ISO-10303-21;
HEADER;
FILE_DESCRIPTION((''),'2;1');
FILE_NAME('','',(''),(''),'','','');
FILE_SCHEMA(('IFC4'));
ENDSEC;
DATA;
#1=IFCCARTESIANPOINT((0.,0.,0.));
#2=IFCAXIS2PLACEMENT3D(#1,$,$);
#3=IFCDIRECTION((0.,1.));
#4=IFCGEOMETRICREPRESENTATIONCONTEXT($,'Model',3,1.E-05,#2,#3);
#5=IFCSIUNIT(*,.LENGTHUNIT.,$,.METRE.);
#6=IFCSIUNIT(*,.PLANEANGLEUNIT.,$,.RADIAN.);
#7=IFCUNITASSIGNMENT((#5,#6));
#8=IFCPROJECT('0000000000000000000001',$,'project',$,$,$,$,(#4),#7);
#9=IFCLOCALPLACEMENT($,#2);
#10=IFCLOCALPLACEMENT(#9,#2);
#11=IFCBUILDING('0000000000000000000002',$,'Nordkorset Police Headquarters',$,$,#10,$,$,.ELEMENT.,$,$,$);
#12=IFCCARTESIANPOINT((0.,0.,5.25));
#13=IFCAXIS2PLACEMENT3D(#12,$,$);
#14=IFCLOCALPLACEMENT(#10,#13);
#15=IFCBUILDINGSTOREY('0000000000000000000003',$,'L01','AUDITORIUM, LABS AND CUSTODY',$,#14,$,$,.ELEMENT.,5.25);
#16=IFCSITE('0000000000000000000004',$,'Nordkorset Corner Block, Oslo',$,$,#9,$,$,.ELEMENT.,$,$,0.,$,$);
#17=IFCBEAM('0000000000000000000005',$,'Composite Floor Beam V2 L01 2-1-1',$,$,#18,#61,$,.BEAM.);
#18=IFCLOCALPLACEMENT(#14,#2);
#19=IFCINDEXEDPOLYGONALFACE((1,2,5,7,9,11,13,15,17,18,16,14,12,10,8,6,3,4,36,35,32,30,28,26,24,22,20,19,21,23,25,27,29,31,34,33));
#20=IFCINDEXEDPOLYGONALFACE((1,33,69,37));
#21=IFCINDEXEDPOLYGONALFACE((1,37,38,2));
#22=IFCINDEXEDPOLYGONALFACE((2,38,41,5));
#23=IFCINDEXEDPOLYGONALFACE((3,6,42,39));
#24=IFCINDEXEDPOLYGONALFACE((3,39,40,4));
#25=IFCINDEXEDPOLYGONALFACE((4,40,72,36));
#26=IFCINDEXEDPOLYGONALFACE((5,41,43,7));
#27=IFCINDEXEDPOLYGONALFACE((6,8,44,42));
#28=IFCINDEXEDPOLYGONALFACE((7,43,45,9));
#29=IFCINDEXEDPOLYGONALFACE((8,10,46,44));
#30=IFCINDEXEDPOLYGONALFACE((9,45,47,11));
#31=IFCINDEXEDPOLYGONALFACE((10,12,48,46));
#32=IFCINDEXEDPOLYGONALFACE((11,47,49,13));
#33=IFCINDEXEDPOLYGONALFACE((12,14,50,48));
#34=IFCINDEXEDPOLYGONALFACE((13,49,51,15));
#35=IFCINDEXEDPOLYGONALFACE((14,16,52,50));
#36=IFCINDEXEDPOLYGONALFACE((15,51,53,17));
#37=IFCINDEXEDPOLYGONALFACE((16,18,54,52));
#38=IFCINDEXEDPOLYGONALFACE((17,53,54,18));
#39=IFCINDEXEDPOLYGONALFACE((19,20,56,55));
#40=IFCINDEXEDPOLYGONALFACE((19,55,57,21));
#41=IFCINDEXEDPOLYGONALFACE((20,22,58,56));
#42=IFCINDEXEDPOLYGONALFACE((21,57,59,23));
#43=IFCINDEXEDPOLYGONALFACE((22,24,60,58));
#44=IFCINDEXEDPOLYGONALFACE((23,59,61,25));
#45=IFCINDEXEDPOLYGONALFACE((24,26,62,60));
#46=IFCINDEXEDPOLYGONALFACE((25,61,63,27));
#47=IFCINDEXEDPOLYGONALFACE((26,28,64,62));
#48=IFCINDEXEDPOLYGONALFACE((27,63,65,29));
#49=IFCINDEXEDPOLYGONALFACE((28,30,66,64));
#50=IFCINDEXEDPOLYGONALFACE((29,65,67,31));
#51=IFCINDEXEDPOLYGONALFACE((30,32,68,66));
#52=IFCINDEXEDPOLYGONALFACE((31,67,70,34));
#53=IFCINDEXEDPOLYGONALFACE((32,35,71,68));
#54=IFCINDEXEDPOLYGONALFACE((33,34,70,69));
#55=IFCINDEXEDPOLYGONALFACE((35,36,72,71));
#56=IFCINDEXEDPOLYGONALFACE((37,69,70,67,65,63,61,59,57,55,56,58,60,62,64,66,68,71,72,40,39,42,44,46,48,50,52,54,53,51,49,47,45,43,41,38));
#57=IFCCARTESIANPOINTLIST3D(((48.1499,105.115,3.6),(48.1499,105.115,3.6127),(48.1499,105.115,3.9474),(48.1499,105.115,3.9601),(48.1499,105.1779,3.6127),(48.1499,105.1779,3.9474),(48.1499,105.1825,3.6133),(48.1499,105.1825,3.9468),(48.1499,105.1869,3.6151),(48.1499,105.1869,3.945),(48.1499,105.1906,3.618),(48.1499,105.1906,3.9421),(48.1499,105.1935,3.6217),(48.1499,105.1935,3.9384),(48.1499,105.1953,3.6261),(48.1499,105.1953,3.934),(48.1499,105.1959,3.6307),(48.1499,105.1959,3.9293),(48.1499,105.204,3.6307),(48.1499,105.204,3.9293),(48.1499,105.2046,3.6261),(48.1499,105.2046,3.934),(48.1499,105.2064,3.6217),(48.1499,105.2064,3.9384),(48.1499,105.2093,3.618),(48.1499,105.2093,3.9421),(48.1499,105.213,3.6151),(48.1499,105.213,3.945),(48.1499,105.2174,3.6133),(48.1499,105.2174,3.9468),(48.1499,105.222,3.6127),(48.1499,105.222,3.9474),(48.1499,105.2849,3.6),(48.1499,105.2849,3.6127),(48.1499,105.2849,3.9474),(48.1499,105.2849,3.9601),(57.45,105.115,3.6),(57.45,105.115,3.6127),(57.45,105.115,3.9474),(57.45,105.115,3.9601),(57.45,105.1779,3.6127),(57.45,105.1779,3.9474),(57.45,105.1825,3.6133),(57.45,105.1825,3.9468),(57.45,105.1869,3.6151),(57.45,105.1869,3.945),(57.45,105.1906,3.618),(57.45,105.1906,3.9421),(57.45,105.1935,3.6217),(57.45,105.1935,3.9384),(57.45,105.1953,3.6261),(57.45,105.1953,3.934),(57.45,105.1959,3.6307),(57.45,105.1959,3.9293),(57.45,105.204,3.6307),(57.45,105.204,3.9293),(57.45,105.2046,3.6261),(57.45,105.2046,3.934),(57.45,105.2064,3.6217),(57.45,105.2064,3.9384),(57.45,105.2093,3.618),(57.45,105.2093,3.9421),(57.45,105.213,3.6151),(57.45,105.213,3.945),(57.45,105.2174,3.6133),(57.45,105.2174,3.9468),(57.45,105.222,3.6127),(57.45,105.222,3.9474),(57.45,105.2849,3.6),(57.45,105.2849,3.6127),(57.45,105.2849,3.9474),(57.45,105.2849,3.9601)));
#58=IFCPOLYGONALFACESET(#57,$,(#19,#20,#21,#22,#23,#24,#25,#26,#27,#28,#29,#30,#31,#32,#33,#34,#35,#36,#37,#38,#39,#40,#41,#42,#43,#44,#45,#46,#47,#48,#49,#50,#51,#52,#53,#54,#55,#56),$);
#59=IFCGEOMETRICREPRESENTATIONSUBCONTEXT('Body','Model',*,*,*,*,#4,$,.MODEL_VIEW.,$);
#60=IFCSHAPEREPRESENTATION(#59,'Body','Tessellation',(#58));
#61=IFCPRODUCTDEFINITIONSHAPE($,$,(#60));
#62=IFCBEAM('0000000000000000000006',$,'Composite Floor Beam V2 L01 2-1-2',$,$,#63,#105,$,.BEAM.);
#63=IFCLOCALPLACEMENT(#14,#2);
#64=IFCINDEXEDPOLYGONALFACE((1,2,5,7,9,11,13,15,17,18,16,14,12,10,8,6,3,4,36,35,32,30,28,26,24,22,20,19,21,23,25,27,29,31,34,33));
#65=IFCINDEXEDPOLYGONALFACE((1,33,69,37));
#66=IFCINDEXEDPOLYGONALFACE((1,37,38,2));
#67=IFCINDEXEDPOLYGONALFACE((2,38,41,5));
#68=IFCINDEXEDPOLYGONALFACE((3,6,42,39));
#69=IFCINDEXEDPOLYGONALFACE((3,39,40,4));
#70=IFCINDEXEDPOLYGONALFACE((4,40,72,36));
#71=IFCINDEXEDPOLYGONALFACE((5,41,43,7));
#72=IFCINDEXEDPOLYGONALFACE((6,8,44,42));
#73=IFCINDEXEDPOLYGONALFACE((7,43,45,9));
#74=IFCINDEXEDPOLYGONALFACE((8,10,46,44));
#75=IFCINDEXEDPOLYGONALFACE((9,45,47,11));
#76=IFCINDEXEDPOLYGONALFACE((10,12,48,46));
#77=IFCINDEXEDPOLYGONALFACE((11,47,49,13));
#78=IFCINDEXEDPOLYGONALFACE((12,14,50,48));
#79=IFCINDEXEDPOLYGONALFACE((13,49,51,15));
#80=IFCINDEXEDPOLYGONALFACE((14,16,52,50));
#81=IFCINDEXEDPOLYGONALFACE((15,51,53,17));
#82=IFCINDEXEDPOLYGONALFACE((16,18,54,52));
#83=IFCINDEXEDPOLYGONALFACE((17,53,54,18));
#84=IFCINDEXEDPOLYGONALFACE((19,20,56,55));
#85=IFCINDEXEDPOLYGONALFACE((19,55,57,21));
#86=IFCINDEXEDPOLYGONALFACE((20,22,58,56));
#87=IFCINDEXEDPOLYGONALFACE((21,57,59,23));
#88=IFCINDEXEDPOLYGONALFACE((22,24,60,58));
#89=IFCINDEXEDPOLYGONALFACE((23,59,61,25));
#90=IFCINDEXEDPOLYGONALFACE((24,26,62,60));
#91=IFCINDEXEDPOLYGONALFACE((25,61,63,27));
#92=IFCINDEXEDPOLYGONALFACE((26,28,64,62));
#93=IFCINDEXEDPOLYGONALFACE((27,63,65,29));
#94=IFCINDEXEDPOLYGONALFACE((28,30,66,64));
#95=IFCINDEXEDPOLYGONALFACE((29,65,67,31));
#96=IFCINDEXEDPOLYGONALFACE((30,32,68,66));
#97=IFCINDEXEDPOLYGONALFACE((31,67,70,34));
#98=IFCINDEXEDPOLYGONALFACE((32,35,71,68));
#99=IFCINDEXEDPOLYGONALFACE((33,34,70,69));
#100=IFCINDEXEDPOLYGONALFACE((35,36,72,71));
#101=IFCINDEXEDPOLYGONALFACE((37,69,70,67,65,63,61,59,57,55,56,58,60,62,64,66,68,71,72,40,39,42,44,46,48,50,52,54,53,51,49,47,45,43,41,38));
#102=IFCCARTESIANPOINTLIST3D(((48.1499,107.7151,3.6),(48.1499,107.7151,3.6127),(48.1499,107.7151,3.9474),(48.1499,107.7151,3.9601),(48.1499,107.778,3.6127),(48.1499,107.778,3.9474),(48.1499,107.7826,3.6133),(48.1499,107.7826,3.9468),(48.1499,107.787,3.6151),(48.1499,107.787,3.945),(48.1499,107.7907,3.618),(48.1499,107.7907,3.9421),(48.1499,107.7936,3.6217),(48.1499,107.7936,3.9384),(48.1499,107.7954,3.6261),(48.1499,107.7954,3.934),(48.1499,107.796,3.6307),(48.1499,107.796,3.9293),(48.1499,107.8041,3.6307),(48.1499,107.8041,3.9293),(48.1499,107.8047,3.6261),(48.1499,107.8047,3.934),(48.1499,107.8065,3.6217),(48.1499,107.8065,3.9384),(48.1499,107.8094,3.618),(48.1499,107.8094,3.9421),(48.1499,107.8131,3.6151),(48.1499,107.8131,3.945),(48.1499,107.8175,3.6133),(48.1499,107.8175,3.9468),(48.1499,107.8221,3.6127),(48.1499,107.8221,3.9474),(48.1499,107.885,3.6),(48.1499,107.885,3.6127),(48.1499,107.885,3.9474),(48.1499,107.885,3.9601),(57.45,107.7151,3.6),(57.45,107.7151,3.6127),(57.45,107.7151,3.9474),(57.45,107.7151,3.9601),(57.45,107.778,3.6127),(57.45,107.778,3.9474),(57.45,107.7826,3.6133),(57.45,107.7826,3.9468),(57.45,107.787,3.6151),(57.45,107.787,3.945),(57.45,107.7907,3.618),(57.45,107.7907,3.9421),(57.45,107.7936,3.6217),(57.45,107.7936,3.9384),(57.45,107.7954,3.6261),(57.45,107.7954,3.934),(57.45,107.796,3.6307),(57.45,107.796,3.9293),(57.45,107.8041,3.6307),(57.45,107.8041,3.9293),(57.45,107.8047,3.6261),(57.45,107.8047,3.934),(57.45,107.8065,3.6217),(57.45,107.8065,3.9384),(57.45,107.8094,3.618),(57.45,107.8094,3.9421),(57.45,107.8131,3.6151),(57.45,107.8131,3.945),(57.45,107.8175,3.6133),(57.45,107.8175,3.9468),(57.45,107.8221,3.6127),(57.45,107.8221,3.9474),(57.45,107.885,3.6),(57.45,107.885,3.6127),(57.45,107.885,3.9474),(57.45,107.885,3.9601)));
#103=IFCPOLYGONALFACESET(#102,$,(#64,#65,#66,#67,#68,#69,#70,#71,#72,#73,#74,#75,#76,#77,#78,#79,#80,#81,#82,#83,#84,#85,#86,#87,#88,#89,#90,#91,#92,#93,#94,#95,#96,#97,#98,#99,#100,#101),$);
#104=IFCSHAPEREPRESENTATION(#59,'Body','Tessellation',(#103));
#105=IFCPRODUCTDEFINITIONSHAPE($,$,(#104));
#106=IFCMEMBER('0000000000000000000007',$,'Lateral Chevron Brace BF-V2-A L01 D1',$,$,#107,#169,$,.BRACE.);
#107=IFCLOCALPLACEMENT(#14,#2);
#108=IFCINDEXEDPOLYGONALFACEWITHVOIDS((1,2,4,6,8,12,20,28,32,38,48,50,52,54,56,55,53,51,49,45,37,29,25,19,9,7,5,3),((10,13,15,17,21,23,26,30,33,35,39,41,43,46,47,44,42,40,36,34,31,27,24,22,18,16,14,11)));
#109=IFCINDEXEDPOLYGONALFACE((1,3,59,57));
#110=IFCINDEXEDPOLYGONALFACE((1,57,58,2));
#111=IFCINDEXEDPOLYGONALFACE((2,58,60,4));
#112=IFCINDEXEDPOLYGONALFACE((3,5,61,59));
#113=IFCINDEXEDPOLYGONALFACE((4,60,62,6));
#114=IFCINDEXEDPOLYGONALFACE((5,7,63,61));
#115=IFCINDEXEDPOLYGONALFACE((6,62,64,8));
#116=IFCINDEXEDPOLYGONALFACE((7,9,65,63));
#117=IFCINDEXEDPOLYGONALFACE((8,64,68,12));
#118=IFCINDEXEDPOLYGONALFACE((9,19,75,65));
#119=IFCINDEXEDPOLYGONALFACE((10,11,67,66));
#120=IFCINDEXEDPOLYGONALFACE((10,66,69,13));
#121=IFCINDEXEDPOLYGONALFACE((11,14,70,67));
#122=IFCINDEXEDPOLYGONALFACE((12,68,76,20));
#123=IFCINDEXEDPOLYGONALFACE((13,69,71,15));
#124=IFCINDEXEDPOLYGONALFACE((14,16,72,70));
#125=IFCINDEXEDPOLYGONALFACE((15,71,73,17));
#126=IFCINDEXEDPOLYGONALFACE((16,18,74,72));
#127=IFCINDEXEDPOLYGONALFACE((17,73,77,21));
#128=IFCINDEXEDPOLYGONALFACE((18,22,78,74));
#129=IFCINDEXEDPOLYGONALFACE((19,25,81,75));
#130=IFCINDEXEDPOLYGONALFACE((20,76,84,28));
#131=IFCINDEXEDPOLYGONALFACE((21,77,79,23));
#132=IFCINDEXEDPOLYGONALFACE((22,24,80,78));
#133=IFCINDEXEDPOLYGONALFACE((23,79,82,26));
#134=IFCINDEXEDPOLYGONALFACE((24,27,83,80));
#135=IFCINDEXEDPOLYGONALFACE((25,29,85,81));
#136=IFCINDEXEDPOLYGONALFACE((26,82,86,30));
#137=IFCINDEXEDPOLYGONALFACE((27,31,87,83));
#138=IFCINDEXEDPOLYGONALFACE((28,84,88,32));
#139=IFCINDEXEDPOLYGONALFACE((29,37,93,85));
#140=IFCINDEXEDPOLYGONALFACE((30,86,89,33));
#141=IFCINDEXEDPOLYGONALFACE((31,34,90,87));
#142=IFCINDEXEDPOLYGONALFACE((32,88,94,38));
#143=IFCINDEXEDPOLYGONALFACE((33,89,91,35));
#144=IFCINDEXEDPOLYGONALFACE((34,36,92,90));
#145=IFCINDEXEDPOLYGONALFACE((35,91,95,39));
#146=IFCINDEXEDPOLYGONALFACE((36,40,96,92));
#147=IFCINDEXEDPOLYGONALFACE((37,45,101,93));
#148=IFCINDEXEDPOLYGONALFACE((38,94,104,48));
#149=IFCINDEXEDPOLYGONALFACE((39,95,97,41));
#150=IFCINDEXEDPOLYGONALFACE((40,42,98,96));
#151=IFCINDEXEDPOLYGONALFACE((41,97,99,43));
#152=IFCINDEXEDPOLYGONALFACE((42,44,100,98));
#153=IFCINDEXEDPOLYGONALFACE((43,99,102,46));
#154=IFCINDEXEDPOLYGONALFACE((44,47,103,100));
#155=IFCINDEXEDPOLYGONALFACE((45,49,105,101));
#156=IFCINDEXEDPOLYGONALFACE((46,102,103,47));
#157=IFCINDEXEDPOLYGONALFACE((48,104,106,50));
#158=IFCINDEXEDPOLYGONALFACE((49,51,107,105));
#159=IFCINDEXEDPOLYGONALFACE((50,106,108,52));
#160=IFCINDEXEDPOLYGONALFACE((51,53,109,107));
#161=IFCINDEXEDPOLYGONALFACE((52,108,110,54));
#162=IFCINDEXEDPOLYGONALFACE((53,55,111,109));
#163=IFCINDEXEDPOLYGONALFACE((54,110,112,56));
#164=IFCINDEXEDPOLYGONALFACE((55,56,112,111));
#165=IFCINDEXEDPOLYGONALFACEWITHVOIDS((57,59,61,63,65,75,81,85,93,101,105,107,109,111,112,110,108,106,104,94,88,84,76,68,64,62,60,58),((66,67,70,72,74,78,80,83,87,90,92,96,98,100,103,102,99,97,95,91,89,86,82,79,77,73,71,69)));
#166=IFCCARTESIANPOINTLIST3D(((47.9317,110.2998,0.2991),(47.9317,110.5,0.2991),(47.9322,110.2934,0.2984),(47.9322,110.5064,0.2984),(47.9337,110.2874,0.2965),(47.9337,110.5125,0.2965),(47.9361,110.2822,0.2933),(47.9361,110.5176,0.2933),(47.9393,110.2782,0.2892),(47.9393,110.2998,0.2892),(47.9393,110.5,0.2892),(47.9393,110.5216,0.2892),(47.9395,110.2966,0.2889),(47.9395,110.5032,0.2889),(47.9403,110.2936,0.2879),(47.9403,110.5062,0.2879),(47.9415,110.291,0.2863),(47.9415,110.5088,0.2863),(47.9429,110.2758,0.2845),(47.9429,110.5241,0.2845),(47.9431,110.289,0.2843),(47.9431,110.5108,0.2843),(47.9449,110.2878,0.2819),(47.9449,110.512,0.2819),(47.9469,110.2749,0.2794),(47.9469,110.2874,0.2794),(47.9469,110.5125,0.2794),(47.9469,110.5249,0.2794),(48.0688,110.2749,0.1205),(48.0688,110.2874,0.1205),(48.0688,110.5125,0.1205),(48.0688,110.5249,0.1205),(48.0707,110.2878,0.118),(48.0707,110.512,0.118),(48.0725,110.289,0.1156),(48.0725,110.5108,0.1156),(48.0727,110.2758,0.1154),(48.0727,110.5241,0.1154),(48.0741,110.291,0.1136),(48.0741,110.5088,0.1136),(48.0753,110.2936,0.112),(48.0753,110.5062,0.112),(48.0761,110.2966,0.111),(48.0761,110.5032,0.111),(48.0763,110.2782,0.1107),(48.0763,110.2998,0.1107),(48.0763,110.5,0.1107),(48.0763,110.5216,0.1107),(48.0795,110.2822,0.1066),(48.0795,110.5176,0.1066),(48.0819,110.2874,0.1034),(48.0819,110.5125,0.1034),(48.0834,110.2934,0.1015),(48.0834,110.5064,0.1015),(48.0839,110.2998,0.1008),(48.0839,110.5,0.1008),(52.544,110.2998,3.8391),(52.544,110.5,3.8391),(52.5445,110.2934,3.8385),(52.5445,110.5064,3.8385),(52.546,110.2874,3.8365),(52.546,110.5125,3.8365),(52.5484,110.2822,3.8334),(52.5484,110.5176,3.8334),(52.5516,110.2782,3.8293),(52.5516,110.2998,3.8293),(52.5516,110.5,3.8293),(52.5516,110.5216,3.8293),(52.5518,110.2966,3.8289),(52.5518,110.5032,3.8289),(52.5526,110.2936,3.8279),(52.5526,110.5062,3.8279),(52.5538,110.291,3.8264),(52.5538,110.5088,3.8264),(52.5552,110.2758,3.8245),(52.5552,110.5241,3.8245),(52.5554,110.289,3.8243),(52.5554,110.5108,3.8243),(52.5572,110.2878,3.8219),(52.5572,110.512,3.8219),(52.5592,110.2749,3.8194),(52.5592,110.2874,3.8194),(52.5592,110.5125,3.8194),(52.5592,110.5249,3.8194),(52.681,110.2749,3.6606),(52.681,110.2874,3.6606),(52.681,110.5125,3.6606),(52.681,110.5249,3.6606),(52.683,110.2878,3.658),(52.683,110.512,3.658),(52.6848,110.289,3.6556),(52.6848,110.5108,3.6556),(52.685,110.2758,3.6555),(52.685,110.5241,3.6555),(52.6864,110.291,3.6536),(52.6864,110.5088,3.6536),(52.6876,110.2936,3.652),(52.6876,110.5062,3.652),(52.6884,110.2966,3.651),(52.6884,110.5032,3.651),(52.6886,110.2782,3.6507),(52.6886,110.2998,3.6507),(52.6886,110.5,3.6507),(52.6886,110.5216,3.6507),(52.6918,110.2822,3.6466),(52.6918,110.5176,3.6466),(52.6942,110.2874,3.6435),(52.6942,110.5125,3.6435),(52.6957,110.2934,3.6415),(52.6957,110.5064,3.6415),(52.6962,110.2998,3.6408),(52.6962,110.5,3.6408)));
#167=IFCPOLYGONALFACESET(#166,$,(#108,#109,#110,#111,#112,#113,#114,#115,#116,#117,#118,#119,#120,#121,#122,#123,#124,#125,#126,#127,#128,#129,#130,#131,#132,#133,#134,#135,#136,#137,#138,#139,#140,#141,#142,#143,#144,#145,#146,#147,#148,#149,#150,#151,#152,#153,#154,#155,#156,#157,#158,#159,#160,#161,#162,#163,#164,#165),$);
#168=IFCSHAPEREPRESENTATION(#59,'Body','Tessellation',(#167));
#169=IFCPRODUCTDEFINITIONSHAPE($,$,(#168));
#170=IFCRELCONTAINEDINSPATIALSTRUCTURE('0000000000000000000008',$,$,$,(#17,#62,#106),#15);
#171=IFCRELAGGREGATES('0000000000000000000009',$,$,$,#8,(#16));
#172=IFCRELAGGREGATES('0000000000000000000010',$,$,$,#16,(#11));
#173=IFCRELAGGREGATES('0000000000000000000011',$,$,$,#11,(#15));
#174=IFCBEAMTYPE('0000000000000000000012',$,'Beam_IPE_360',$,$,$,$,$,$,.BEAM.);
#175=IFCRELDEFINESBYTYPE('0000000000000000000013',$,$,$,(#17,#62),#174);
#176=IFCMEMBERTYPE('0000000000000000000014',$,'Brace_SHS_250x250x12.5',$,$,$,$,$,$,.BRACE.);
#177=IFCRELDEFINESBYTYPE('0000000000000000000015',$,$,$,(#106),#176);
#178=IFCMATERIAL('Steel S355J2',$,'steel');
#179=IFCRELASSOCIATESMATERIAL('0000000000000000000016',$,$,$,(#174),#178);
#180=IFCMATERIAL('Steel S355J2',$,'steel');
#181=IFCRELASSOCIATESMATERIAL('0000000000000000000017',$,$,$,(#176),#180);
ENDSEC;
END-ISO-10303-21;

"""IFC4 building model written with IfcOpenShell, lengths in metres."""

from ifc_helpers import new_model, si_unit, direction, frame, origin, origin_2d, place, context, subcontext, project, spatial, hollow_rectangle, i_section, extrude, material, material_profile, profile_set, type_object, element, save


model = new_model("IFC4")

# Units and contexts
model_context = context("Model", 3, precision=1e-05, world=origin(), true_north=direction((0.0, 1.0)))
body_context = subcontext(model_context, "Body", "Model", "MODEL_VIEW")
ifc_project = project(units=[si_unit("LENGTHUNIT", "METRE"), si_unit("PLANEANGLEUNIT", "RADIAN")], contexts=[model_context])

# Site, building, storey
site_placement = place(None, origin())
site = spatial("IfcSite", under=ifc_project, at=site_placement, Name="Nordkorset Corner Block, Oslo", CompositionType="ELEMENT", RefElevation=0.0)
building_placement = place(site_placement, origin())
building = spatial("IfcBuilding", under=site, at=building_placement, Name="Nordkorset Police Headquarters", CompositionType="ELEMENT")
storey_placement = place(building_placement, frame((0.0, 0.0, 5.25)))
storey = spatial("IfcBuildingStorey", under=building, at=storey_placement, Name="L01", Description="AUDITORIUM, LABS AND CUSTODY", CompositionType="ELEMENT", Elevation=5.25)

# Beams
ifc_material_1 = material(Name="Steel S355J2", Category="steel")
ifc_material_profile_1 = material_profile(ifc_material_1, i_section(OverallWidth=0.1699, OverallDepth=0.3601, WebThickness=0.0081, FlangeThickness=0.0127, FilletRadius=0.0181, at=origin_2d()), Name="IPE 360")
ifc_profile_set_1 = profile_set([ifc_material_profile_1], Name="Steel S355J2")
beam_type_1 = type_object("IfcBeamType", Name="Beam_IPE_360", PredefinedType="BEAM", material=ifc_profile_set_1)
for number, where, z_axis, x_axis, name in (
    (1, (48.1499, 105.2, 3.78), (1.0, 0.0, 0.0), (0.0, 1.0, 0.0), "Composite Floor Beam V2 L01 2-1-1"),
    (2, (48.1499, 107.8, 3.78), (1.0, 0.0, 0.0), (0.0, 1.0, 0.0), "Composite Floor Beam V2 L01 2-1-2"),
):
    element("IfcBeam", number, at=place(storey_placement, frame(where, z_axis=z_axis, x_axis=x_axis)), inside=storey, type_object=beam_type_1, Name=name, PredefinedType="BEAM", context=body_context, shape_type="SweptSolid", body=[
        extrude(i_section(OverallWidth=0.1699, OverallDepth=0.3601, WebThickness=0.0081, FlangeThickness=0.0127, FilletRadius=0.0181, at=origin_2d()), origin(), (0.0, 0.0, 1.0), 9.3),
    ])

# Member
ifc_material_2 = material(Name="Steel S355J2", Category="steel")
ifc_material_profile_2 = material_profile(ifc_material_2, hollow_rectangle(XDim=0.25, YDim=0.25, WallThickness=0.0125, InnerFilletRadius=0.0125, OuterFilletRadius=0.0249, at=origin_2d()), Name="SHS 250x250x12.5")
ifc_profile_set_2 = profile_set([ifc_material_profile_2], Name="Steel S355J2")
member_type = type_object("IfcMemberType", Name="Brace_SHS_250x250x12.5", PredefinedType="BRACE", material=ifc_profile_set_2)
member_placement = place(storey_placement, frame((48.0078, 110.3999, 0.2), z_axis=(0.793279, 0.0, 0.608858), x_axis=(0.0, 1.0, 0.0)))
element("IfcMember", 3, at=member_placement, inside=storey, type_object=member_type, Name="Lateral Chevron Brace BF-V2-A L01 D1", PredefinedType="BRACE", context=body_context, shape_type="SweptSolid", body=[
    extrude(hollow_rectangle(XDim=0.25, YDim=0.25, WallThickness=0.0125, InnerFilletRadius=0.0125, OuterFilletRadius=0.0249, at=origin_2d()), origin(), (0.0, 0.0, 1.0), 5.8142),
])

save(model, "model.ifc")
